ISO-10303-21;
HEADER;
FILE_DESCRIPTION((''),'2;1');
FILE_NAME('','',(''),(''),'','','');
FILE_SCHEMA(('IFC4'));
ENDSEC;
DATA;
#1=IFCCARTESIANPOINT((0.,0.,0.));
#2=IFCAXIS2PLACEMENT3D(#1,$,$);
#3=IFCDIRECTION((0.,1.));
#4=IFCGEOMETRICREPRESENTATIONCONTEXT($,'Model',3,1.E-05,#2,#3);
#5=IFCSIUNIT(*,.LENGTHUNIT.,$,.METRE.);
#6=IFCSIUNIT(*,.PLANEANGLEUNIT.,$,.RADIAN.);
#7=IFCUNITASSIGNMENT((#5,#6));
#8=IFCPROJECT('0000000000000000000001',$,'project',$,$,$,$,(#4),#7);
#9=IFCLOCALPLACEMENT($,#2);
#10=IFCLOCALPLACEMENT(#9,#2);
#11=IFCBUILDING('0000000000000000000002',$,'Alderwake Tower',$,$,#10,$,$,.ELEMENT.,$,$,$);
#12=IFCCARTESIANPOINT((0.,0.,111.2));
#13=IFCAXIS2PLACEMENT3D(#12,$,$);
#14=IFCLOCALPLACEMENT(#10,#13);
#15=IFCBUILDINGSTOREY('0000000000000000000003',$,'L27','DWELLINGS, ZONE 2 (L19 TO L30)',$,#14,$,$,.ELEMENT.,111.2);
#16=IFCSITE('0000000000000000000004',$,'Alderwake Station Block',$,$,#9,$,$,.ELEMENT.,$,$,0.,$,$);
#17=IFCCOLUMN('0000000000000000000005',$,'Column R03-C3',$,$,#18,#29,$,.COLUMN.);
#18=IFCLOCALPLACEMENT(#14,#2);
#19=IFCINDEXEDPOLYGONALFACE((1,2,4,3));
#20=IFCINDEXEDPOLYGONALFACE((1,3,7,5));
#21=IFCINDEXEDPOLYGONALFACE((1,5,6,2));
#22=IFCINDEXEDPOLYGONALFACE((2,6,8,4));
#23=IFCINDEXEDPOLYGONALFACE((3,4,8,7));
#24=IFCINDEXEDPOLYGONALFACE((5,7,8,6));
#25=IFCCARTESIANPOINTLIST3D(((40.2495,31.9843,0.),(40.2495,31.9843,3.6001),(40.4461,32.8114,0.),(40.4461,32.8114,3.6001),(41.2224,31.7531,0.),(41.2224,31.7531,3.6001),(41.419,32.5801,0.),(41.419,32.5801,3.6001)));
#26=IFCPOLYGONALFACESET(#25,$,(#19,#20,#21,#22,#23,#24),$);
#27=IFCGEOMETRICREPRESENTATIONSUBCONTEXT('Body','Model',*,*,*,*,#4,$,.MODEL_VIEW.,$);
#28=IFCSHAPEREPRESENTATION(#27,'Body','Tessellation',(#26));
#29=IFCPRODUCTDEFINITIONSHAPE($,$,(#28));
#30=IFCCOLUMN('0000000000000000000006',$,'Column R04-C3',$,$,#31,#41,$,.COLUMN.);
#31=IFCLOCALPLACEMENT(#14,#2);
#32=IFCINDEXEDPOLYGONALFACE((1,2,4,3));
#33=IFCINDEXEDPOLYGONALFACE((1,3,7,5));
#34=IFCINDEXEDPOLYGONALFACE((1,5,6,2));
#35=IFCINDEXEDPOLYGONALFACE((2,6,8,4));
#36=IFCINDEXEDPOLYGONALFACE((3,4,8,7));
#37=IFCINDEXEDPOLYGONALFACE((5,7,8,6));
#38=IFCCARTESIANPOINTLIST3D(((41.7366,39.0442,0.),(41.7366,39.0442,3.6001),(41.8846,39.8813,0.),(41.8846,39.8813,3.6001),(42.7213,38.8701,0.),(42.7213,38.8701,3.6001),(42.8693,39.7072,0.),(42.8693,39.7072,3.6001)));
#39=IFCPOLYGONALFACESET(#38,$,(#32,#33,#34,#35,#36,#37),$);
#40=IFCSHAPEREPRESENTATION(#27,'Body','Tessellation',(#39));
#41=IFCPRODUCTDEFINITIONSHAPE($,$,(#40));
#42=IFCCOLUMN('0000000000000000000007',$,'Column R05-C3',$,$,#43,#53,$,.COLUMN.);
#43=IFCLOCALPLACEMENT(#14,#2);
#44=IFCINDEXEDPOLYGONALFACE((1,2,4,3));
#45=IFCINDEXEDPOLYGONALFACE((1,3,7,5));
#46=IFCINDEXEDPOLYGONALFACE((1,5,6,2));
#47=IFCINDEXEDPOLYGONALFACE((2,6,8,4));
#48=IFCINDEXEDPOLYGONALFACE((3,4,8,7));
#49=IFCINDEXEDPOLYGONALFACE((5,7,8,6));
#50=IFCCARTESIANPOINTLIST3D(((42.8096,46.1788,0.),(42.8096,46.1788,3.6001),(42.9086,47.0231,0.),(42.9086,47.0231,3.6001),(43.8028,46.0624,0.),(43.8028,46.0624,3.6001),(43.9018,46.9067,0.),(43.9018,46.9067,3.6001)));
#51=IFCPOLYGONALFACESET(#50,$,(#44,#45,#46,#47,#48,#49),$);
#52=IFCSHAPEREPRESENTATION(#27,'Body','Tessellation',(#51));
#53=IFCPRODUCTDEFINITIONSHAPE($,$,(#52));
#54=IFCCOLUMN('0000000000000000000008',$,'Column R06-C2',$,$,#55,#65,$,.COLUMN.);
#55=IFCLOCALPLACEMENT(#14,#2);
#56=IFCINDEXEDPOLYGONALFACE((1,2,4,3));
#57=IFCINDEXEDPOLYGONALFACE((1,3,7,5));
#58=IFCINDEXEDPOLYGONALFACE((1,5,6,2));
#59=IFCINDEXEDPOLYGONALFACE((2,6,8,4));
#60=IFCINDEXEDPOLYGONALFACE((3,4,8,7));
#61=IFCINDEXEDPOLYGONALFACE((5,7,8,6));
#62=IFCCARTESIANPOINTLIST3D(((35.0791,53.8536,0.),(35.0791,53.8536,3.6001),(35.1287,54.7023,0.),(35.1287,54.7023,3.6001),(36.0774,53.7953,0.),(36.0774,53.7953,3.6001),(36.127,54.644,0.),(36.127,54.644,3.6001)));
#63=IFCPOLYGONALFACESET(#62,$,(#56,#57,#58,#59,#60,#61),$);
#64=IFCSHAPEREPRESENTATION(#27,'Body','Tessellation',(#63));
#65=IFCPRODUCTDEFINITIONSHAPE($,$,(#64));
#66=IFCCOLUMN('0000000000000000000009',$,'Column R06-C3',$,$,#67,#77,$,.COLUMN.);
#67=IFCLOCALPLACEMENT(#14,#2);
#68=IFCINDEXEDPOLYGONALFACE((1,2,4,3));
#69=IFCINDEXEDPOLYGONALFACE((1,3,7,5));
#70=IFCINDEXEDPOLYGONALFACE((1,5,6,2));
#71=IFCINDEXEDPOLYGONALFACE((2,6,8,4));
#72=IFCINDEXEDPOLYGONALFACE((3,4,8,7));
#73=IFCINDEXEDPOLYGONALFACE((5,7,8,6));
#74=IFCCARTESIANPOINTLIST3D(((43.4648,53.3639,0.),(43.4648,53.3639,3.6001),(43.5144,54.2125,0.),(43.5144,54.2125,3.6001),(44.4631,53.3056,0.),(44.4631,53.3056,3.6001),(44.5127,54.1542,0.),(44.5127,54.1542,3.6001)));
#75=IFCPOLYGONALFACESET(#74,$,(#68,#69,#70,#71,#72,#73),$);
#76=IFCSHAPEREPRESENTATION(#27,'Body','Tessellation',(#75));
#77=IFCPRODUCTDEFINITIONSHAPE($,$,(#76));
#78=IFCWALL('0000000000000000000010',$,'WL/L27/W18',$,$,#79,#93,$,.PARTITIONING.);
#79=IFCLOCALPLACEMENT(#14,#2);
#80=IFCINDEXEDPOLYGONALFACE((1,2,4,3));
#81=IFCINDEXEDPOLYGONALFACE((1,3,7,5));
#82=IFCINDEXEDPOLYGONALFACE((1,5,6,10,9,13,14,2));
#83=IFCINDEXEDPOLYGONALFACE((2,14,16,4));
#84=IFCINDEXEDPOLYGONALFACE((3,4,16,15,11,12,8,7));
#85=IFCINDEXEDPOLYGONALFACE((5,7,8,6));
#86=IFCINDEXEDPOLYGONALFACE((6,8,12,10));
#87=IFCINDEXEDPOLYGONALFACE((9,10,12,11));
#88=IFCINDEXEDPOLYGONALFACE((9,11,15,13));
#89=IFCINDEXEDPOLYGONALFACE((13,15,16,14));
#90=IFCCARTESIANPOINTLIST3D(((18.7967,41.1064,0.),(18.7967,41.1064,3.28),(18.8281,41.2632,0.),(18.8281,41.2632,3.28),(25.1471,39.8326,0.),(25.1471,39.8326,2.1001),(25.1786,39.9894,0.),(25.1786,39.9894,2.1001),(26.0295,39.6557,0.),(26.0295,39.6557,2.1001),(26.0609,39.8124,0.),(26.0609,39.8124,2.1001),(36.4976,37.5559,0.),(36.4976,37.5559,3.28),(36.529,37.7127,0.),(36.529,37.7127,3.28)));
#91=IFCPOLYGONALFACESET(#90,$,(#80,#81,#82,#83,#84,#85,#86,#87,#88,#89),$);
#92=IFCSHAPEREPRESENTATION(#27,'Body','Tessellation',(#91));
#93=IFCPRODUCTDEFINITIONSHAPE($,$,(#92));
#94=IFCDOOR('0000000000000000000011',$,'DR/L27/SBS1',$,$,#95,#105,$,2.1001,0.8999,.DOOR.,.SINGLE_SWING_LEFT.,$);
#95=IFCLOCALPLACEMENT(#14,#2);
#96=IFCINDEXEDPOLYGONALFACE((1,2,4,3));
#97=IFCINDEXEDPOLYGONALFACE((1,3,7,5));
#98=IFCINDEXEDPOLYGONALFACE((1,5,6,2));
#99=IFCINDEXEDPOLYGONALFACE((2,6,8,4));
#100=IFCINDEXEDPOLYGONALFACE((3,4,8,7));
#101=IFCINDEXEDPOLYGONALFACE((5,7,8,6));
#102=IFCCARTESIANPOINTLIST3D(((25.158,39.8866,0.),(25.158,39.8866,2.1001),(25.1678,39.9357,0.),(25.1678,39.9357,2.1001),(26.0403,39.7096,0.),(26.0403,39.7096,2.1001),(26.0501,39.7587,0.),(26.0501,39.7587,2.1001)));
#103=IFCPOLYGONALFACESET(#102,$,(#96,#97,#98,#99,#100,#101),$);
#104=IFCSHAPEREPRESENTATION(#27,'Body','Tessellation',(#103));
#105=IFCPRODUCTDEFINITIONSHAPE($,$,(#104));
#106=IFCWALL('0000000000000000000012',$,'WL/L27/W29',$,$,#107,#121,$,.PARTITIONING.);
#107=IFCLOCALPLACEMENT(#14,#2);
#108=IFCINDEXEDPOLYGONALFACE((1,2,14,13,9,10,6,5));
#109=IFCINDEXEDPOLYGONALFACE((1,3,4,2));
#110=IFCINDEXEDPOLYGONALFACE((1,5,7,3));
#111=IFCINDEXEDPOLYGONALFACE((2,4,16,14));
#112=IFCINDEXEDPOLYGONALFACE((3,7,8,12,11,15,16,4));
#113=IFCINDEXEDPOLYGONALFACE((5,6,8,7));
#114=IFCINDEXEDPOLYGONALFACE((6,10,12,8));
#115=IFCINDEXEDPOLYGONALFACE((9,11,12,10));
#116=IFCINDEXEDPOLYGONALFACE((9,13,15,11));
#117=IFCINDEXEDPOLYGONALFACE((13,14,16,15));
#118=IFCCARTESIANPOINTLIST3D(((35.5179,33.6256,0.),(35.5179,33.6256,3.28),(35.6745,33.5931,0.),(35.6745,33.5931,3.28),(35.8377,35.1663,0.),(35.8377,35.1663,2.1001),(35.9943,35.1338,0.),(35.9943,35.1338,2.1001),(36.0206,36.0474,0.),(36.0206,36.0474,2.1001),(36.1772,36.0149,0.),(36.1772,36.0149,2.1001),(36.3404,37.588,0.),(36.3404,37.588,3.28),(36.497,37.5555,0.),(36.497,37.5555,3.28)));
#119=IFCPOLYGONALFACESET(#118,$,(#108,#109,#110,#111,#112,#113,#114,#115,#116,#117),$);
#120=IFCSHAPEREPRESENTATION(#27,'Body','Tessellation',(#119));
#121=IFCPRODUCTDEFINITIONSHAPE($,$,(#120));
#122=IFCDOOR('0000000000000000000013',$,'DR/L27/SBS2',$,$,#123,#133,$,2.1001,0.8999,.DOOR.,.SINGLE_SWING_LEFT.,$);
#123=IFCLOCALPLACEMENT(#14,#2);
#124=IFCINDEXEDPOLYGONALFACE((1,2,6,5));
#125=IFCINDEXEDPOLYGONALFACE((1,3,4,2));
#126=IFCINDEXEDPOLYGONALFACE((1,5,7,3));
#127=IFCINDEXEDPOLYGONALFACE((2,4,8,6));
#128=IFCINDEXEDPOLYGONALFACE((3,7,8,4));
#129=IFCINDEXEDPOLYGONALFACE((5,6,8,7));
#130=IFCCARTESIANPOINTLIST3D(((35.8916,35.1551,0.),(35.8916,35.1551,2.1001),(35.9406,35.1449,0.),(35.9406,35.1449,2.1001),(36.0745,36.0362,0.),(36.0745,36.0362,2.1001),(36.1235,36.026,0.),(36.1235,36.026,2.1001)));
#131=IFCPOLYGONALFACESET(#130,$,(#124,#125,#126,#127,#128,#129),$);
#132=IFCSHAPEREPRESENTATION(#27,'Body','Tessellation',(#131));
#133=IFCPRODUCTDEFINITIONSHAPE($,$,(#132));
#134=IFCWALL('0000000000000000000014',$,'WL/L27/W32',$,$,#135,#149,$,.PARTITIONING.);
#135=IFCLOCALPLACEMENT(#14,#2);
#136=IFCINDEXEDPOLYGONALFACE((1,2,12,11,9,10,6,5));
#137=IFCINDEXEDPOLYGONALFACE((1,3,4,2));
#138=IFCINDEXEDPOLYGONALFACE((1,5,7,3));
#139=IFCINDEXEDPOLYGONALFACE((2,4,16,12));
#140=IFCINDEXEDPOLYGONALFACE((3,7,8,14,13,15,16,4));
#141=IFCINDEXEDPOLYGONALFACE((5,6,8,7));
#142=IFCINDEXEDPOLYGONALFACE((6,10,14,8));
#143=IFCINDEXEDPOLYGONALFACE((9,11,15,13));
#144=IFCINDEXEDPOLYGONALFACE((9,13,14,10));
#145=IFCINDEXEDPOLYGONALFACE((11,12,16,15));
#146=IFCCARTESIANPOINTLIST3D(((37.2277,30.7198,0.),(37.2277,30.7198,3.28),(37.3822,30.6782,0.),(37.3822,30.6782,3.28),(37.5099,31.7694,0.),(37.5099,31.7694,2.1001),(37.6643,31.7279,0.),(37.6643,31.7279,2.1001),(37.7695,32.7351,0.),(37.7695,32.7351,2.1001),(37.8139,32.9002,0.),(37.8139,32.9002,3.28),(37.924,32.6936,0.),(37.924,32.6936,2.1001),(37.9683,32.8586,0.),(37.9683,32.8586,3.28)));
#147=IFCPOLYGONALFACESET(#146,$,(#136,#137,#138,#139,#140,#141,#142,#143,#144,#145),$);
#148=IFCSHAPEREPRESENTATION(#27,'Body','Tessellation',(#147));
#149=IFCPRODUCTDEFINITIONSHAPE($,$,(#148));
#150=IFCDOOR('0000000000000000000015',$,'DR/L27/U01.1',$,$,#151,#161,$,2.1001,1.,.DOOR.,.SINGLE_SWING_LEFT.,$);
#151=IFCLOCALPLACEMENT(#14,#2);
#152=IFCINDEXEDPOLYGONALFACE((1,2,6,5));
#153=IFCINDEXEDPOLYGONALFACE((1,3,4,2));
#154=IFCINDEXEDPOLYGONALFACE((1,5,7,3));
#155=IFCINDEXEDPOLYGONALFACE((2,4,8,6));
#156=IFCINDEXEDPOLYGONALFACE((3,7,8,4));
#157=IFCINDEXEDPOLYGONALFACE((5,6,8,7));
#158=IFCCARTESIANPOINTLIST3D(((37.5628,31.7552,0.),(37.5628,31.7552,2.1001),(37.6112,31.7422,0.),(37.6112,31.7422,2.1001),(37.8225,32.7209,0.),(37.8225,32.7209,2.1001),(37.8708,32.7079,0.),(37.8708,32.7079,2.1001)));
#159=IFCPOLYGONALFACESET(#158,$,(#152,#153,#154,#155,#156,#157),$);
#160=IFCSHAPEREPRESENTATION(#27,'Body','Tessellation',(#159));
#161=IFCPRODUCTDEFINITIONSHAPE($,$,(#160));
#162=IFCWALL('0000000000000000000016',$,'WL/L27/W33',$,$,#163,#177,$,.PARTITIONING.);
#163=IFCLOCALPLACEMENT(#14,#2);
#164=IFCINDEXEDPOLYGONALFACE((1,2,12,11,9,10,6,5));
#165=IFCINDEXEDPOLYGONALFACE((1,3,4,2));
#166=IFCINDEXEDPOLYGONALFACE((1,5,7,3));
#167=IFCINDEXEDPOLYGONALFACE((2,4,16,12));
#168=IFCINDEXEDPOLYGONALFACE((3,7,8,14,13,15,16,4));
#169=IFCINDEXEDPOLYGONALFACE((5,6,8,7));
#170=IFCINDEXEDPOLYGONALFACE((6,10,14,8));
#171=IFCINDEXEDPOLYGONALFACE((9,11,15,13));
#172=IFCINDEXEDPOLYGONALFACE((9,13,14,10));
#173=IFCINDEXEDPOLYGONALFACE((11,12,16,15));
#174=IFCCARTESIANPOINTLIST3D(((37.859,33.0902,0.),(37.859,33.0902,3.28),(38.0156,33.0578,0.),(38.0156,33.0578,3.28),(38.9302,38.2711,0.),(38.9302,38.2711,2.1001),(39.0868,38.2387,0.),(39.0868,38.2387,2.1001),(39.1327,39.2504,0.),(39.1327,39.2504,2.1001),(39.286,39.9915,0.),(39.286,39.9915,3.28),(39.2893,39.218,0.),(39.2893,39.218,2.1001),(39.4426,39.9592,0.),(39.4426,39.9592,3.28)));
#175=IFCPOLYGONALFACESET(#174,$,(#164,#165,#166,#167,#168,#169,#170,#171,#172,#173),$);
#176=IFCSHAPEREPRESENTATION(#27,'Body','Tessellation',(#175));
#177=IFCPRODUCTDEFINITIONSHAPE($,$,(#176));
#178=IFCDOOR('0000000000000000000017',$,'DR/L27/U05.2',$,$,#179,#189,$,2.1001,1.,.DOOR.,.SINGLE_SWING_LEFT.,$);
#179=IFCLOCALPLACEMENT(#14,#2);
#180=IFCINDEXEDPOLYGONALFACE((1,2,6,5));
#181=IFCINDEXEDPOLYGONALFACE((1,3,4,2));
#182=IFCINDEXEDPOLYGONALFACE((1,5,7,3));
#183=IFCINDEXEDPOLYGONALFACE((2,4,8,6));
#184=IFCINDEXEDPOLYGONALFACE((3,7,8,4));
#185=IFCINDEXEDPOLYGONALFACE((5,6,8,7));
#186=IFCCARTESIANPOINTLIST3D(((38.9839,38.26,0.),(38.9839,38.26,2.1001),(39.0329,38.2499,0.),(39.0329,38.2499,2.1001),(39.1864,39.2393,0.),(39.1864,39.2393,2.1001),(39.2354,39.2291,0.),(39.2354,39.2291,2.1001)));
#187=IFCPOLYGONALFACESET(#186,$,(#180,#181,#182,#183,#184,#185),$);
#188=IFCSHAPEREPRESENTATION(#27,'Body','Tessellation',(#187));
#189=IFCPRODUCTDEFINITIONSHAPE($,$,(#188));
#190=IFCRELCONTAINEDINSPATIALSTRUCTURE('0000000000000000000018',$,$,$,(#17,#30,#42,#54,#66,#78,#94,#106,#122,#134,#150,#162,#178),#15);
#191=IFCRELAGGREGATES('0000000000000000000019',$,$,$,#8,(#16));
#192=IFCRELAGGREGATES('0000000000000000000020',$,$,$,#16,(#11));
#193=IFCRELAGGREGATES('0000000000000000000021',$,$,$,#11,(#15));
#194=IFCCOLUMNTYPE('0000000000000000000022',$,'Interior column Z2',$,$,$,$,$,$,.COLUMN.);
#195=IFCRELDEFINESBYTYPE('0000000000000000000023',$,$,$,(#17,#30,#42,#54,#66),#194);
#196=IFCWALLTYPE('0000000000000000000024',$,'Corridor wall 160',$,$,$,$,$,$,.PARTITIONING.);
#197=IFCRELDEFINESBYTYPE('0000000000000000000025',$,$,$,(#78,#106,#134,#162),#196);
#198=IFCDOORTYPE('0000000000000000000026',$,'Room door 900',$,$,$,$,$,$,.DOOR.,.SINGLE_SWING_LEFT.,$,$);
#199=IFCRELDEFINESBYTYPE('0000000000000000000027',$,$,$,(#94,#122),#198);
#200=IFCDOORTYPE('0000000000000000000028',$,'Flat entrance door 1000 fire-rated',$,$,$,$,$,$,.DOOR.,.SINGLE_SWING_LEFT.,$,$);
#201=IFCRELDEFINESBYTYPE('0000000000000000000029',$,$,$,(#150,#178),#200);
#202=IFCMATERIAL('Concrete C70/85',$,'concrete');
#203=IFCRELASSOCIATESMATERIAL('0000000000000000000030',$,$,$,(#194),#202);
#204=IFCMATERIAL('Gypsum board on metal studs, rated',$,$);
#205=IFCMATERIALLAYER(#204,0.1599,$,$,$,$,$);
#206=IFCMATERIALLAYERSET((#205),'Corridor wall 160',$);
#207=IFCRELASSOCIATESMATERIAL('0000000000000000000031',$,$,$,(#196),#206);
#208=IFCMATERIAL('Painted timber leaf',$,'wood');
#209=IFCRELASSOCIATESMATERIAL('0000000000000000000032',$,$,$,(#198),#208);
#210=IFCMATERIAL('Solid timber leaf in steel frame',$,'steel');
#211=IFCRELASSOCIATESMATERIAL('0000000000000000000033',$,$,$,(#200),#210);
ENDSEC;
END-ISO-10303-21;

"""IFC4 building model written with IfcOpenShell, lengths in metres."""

from ifc_helpers import new_model, si_unit, direction, frame, frame_2d, origin, origin_2d, place, context, subcontext, project, spatial, rectangle, extrude, material, layer, layer_set, material_profile, profile_set, type_object, element, fill, save


model = new_model("IFC4")

# Units and contexts
model_context = context("Model", 3, precision=1e-05, world=origin(), true_north=direction((0.0, 1.0)))
body_context = subcontext(model_context, "Body", "Model", "MODEL_VIEW")
ifc_project = project(units=[si_unit("LENGTHUNIT", "METRE"), si_unit("PLANEANGLEUNIT", "RADIAN")], contexts=[model_context])

# Site, building, storey
site_placement = place(None, origin())
site = spatial("IfcSite", under=ifc_project, at=site_placement, Name="Alderwake Station Block", CompositionType="ELEMENT", RefElevation=0.0)
building_placement = place(site_placement, origin())
building = spatial("IfcBuilding", under=site, at=building_placement, Name="Alderwake Tower", CompositionType="ELEMENT")
storey_placement = place(building_placement, frame((0.0, 0.0, 111.2)))
storey = spatial("IfcBuildingStorey", under=building, at=storey_placement, Name="L27", Description="DWELLINGS, ZONE 2 (L19 TO L30)", CompositionType="ELEMENT", Elevation=111.2)

# Columns
ifc_material_1 = material(Name="Concrete C70/85", Category="concrete")
ifc_material_profile = material_profile(ifc_material_1, rectangle(XDim=0.8501, YDim=1.0, at=origin_2d()), Name="RC 1000X850")
ifc_profile_set = profile_set([ifc_material_profile], Name="Concrete C70/85")
column_type = type_object("IfcColumnType", Name="Interior column Z2", PredefinedType="COLUMN", material=ifc_profile_set)
for number, where, z_axis, x_axis, name in (
    (1, (40.8342, 32.2822, 0.0), (0.0, 0.0, 1.0), (0.231222, 0.972901, 0.0), "Column R03-C3"),
    (2, (42.303, 39.3757, 0.0), (0.0, 0.0, 1.0), (0.174109, 0.984726, 0.0), "Column R04-C3"),
    (3, (43.3557, 46.5427, 0.0), (0.0, 0.0, 1.0), (0.116402, 0.993202, 0.0), "Column R05-C3"),
    (4, (35.603, 54.2488, 0.0), (0.0, 0.0, 1.0), (0.058301, 0.998299, 0.0), "Column R06-C2"),
    (5, (43.9888, 53.759, 0.0), (0.0, 0.0, 1.0), (0.058301, 0.998299, 0.0), "Column R06-C3"),
):
    element("IfcColumn", number, at=place(storey_placement, frame(where, z_axis=z_axis, x_axis=x_axis)), inside=storey, type_object=column_type, Name=name, PredefinedType="COLUMN", context=body_context, shape_type="SweptSolid", body=[
        extrude(rectangle(XDim=0.8501, YDim=1.0, at=origin_2d()), origin(), (0.0, 0.0, 1.0), 3.6001),
    ])

# Walls, openings, doors
ifc_material_2 = material(Name="Gypsum board on metal studs, rated")
ifc_layer_1 = layer(ifc_material_2, 0.1599)
ifc_layer_set_1 = layer_set([ifc_layer_1], Name="Corridor wall 160")
wall_type_1 = type_object("IfcWallType", Name="Corridor wall 160", PredefinedType="PARTITIONING", material=ifc_layer_set_1)
wall_1_placement = place(storey_placement, frame((36.5134, 37.6343, 0.0), z_axis=(0.0, 0.0, 1.0), x_axis=(-0.98047, 0.196667, 0.0)))
wall_1 = element("IfcWall", 6, at=wall_1_placement, inside=storey, type_object=wall_type_1, Name="WL/L27/W18", PredefinedType="PARTITIONING", context=body_context, shape_type="SweptSolid", body=[
    extrude(rectangle(XDim=18.0535, YDim=0.1599, at=frame_2d((9.0269, 0.0))), origin(), (0.0, 0.0, 1.0), 3.28),
])
opening_1_placement = place(wall_1_placement, frame((10.6768, 0.0, 0.0)))
opening_1 = element("IfcOpeningElement", 7, at=opening_1_placement, cuts=wall_1, PredefinedType="OPENING", context=body_context, shape_type="SweptSolid", body=[
    extrude(rectangle(XDim=0.8999, YDim=2.1001, at=frame_2d((0.45, 1.05))), frame((0.0, 0.0898, 0.0), z_axis=(0.0, -1.0, 0.0), x_axis=(1.0, 0.0, 0.0)), (0.0, 0.0, 1.0), 0.1799),
])
ifc_material_3 = material(Name="Painted timber leaf", Category="wood")
door_type_1 = type_object("IfcDoorType", Name="Room door 900", OperationType="SINGLE_SWING_LEFT", PredefinedType="DOOR", material=ifc_material_3)
door_1_placement = place(opening_1_placement, origin())
door_1 = element("IfcDoor", 8, at=door_1_placement, inside=storey, type_object=door_type_1, Name="DR/L27/SBS1", OperationType="SINGLE_SWING_LEFT", OverallHeight=2.1001, OverallWidth=0.8999, PredefinedType="DOOR", context=body_context, shape_type="SweptSolid", body=[
    extrude(rectangle(XDim=0.8999, YDim=2.1001, at=frame_2d((0.45, 1.05))), frame((0.0, 0.0249, 0.0), z_axis=(0.0, -1.0, 0.0), x_axis=(1.0, 0.0, 0.0)), (0.0, 0.0, 1.0), 0.05),
])
fill(opening_1, door_1)
wall_2_placement = place(storey_placement, frame((35.5962, 33.6094, 0.0), z_axis=(0.0, 0.0, 1.0), x_axis=(0.203246, 0.979128, 0.0)))
wall_2 = element("IfcWall", 9, at=wall_2_placement, inside=storey, type_object=wall_type_1, Name="WL/L27/W29", PredefinedType="PARTITIONING", context=body_context, shape_type="SweptSolid", body=[
    extrude(rectangle(XDim=4.0469, YDim=0.1599, at=frame_2d((2.0234, 0.0))), origin(), (0.0, 0.0, 1.0), 3.28),
])
opening_2_placement = place(wall_2_placement, frame((1.5735, 0.0, 0.0)))
opening_2 = element("IfcOpeningElement", 10, at=opening_2_placement, cuts=wall_2, PredefinedType="OPENING", context=body_context, shape_type="SweptSolid", body=[
    extrude(rectangle(XDim=0.8999, YDim=2.1001, at=frame_2d((0.45, 1.05))), frame((0.0, 0.0898, 0.0), z_axis=(0.0, -1.0, 0.0), x_axis=(1.0, 0.0, 0.0)), (0.0, 0.0, 1.0), 0.1799),
])
door_2_placement = place(opening_2_placement, origin())
door_2 = element("IfcDoor", 11, at=door_2_placement, inside=storey, type_object=door_type_1, Name="DR/L27/SBS2", OperationType="SINGLE_SWING_LEFT", OverallHeight=2.1001, OverallWidth=0.8999, PredefinedType="DOOR", context=body_context, shape_type="SweptSolid", body=[
    extrude(rectangle(XDim=0.8999, YDim=2.1001, at=frame_2d((0.45, 1.05))), frame((0.0, 0.0249, 0.0), z_axis=(0.0, -1.0, 0.0), x_axis=(1.0, 0.0, 0.0)), (0.0, 0.0, 1.0), 0.05),
])
fill(opening_2, door_2)
wall_3_placement = place(storey_placement, frame((37.8911, 32.8794, 0.0), z_axis=(0.0, 0.0, 1.0), x_axis=(-0.259621, -0.965711, 0.0)))
wall_3 = element("IfcWall", 12, at=wall_3_placement, inside=storey, type_object=wall_type_1, Name="WL/L27/W32", PredefinedType="PARTITIONING", context=body_context, shape_type="SweptSolid", body=[
    extrude(rectangle(XDim=2.2578, YDim=0.1599, at=frame_2d((1.1289, 0.0))), origin(), (0.0, 0.0, 1.0), 3.28),
])
opening_3_placement = place(wall_3_placement, frame((0.1709, 0.0, 0.0)))
opening_3 = element("IfcOpeningElement", 13, at=opening_3_placement, cuts=wall_3, PredefinedType="OPENING", context=body_context, shape_type="SweptSolid", body=[
    extrude(rectangle(XDim=1.0, YDim=2.1001, at=frame_2d((0.5, 1.05))), frame((0.0, 0.0898, 0.0), z_axis=(0.0, -1.0, 0.0), x_axis=(1.0, 0.0, 0.0)), (0.0, 0.0, 1.0), 0.1799),
])
ifc_material_4 = material(Name="Solid timber leaf in steel frame", Category="steel")
door_type_2 = type_object("IfcDoorType", Name="Flat entrance door 1000 fire-rated", OperationType="SINGLE_SWING_LEFT", PredefinedType="DOOR", material=ifc_material_4)
door_3_placement = place(opening_3_placement, origin())
door_3 = element("IfcDoor", 14, at=door_3_placement, inside=storey, type_object=door_type_2, Name="DR/L27/U01.1", OperationType="SINGLE_SWING_LEFT", OverallHeight=2.1001, OverallWidth=1.0, PredefinedType="DOOR", context=body_context, shape_type="SweptSolid", body=[
    extrude(rectangle(XDim=1.0, YDim=2.1001, at=frame_2d((0.5, 1.05))), frame((0.0, 0.0249, 0.0), z_axis=(0.0, -1.0, 0.0), x_axis=(1.0, 0.0, 0.0)), (0.0, 0.0, 1.0), 0.05),
])
fill(opening_3, door_3)
wall_4_placement = place(storey_placement, frame((39.3643, 39.9753, 0.0), z_axis=(0.0, 0.0, 1.0), x_axis=(-0.202488, -0.979285, 0.0)))
wall_4 = element("IfcWall", 15, at=wall_4_placement, inside=storey, type_object=wall_type_1, Name="WL/L27/W33", PredefinedType="PARTITIONING", context=body_context, shape_type="SweptSolid", body=[
    extrude(rectangle(XDim=7.0474, YDim=0.1599, at=frame_2d((3.5237, 0.0))), origin(), (0.0, 0.0, 1.0), 3.28),
])
opening_4_placement = place(wall_4_placement, frame((0.7568, 0.0, 0.0)))
opening_4 = element("IfcOpeningElement", 16, at=opening_4_placement, cuts=wall_4, PredefinedType="OPENING", context=body_context, shape_type="SweptSolid", body=[
    extrude(rectangle(XDim=1.0, YDim=2.1001, at=frame_2d((0.5, 1.05))), frame((0.0, 0.0898, 0.0), z_axis=(0.0, -1.0, 0.0), x_axis=(1.0, 0.0, 0.0)), (0.0, 0.0, 1.0), 0.1799),
])
door_4_placement = place(opening_4_placement, origin())
door_4 = element("IfcDoor", 17, at=door_4_placement, inside=storey, type_object=door_type_2, Name="DR/L27/U05.2", OperationType="SINGLE_SWING_LEFT", OverallHeight=2.1001, OverallWidth=1.0, PredefinedType="DOOR", context=body_context, shape_type="SweptSolid", body=[
    extrude(rectangle(XDim=1.0, YDim=2.1001, at=frame_2d((0.5, 1.05))), frame((0.0, 0.0249, 0.0), z_axis=(0.0, -1.0, 0.0), x_axis=(1.0, 0.0, 0.0)), (0.0, 0.0, 1.0), 0.05),
])
fill(opening_4, door_4)

save(model, "model.ifc")
